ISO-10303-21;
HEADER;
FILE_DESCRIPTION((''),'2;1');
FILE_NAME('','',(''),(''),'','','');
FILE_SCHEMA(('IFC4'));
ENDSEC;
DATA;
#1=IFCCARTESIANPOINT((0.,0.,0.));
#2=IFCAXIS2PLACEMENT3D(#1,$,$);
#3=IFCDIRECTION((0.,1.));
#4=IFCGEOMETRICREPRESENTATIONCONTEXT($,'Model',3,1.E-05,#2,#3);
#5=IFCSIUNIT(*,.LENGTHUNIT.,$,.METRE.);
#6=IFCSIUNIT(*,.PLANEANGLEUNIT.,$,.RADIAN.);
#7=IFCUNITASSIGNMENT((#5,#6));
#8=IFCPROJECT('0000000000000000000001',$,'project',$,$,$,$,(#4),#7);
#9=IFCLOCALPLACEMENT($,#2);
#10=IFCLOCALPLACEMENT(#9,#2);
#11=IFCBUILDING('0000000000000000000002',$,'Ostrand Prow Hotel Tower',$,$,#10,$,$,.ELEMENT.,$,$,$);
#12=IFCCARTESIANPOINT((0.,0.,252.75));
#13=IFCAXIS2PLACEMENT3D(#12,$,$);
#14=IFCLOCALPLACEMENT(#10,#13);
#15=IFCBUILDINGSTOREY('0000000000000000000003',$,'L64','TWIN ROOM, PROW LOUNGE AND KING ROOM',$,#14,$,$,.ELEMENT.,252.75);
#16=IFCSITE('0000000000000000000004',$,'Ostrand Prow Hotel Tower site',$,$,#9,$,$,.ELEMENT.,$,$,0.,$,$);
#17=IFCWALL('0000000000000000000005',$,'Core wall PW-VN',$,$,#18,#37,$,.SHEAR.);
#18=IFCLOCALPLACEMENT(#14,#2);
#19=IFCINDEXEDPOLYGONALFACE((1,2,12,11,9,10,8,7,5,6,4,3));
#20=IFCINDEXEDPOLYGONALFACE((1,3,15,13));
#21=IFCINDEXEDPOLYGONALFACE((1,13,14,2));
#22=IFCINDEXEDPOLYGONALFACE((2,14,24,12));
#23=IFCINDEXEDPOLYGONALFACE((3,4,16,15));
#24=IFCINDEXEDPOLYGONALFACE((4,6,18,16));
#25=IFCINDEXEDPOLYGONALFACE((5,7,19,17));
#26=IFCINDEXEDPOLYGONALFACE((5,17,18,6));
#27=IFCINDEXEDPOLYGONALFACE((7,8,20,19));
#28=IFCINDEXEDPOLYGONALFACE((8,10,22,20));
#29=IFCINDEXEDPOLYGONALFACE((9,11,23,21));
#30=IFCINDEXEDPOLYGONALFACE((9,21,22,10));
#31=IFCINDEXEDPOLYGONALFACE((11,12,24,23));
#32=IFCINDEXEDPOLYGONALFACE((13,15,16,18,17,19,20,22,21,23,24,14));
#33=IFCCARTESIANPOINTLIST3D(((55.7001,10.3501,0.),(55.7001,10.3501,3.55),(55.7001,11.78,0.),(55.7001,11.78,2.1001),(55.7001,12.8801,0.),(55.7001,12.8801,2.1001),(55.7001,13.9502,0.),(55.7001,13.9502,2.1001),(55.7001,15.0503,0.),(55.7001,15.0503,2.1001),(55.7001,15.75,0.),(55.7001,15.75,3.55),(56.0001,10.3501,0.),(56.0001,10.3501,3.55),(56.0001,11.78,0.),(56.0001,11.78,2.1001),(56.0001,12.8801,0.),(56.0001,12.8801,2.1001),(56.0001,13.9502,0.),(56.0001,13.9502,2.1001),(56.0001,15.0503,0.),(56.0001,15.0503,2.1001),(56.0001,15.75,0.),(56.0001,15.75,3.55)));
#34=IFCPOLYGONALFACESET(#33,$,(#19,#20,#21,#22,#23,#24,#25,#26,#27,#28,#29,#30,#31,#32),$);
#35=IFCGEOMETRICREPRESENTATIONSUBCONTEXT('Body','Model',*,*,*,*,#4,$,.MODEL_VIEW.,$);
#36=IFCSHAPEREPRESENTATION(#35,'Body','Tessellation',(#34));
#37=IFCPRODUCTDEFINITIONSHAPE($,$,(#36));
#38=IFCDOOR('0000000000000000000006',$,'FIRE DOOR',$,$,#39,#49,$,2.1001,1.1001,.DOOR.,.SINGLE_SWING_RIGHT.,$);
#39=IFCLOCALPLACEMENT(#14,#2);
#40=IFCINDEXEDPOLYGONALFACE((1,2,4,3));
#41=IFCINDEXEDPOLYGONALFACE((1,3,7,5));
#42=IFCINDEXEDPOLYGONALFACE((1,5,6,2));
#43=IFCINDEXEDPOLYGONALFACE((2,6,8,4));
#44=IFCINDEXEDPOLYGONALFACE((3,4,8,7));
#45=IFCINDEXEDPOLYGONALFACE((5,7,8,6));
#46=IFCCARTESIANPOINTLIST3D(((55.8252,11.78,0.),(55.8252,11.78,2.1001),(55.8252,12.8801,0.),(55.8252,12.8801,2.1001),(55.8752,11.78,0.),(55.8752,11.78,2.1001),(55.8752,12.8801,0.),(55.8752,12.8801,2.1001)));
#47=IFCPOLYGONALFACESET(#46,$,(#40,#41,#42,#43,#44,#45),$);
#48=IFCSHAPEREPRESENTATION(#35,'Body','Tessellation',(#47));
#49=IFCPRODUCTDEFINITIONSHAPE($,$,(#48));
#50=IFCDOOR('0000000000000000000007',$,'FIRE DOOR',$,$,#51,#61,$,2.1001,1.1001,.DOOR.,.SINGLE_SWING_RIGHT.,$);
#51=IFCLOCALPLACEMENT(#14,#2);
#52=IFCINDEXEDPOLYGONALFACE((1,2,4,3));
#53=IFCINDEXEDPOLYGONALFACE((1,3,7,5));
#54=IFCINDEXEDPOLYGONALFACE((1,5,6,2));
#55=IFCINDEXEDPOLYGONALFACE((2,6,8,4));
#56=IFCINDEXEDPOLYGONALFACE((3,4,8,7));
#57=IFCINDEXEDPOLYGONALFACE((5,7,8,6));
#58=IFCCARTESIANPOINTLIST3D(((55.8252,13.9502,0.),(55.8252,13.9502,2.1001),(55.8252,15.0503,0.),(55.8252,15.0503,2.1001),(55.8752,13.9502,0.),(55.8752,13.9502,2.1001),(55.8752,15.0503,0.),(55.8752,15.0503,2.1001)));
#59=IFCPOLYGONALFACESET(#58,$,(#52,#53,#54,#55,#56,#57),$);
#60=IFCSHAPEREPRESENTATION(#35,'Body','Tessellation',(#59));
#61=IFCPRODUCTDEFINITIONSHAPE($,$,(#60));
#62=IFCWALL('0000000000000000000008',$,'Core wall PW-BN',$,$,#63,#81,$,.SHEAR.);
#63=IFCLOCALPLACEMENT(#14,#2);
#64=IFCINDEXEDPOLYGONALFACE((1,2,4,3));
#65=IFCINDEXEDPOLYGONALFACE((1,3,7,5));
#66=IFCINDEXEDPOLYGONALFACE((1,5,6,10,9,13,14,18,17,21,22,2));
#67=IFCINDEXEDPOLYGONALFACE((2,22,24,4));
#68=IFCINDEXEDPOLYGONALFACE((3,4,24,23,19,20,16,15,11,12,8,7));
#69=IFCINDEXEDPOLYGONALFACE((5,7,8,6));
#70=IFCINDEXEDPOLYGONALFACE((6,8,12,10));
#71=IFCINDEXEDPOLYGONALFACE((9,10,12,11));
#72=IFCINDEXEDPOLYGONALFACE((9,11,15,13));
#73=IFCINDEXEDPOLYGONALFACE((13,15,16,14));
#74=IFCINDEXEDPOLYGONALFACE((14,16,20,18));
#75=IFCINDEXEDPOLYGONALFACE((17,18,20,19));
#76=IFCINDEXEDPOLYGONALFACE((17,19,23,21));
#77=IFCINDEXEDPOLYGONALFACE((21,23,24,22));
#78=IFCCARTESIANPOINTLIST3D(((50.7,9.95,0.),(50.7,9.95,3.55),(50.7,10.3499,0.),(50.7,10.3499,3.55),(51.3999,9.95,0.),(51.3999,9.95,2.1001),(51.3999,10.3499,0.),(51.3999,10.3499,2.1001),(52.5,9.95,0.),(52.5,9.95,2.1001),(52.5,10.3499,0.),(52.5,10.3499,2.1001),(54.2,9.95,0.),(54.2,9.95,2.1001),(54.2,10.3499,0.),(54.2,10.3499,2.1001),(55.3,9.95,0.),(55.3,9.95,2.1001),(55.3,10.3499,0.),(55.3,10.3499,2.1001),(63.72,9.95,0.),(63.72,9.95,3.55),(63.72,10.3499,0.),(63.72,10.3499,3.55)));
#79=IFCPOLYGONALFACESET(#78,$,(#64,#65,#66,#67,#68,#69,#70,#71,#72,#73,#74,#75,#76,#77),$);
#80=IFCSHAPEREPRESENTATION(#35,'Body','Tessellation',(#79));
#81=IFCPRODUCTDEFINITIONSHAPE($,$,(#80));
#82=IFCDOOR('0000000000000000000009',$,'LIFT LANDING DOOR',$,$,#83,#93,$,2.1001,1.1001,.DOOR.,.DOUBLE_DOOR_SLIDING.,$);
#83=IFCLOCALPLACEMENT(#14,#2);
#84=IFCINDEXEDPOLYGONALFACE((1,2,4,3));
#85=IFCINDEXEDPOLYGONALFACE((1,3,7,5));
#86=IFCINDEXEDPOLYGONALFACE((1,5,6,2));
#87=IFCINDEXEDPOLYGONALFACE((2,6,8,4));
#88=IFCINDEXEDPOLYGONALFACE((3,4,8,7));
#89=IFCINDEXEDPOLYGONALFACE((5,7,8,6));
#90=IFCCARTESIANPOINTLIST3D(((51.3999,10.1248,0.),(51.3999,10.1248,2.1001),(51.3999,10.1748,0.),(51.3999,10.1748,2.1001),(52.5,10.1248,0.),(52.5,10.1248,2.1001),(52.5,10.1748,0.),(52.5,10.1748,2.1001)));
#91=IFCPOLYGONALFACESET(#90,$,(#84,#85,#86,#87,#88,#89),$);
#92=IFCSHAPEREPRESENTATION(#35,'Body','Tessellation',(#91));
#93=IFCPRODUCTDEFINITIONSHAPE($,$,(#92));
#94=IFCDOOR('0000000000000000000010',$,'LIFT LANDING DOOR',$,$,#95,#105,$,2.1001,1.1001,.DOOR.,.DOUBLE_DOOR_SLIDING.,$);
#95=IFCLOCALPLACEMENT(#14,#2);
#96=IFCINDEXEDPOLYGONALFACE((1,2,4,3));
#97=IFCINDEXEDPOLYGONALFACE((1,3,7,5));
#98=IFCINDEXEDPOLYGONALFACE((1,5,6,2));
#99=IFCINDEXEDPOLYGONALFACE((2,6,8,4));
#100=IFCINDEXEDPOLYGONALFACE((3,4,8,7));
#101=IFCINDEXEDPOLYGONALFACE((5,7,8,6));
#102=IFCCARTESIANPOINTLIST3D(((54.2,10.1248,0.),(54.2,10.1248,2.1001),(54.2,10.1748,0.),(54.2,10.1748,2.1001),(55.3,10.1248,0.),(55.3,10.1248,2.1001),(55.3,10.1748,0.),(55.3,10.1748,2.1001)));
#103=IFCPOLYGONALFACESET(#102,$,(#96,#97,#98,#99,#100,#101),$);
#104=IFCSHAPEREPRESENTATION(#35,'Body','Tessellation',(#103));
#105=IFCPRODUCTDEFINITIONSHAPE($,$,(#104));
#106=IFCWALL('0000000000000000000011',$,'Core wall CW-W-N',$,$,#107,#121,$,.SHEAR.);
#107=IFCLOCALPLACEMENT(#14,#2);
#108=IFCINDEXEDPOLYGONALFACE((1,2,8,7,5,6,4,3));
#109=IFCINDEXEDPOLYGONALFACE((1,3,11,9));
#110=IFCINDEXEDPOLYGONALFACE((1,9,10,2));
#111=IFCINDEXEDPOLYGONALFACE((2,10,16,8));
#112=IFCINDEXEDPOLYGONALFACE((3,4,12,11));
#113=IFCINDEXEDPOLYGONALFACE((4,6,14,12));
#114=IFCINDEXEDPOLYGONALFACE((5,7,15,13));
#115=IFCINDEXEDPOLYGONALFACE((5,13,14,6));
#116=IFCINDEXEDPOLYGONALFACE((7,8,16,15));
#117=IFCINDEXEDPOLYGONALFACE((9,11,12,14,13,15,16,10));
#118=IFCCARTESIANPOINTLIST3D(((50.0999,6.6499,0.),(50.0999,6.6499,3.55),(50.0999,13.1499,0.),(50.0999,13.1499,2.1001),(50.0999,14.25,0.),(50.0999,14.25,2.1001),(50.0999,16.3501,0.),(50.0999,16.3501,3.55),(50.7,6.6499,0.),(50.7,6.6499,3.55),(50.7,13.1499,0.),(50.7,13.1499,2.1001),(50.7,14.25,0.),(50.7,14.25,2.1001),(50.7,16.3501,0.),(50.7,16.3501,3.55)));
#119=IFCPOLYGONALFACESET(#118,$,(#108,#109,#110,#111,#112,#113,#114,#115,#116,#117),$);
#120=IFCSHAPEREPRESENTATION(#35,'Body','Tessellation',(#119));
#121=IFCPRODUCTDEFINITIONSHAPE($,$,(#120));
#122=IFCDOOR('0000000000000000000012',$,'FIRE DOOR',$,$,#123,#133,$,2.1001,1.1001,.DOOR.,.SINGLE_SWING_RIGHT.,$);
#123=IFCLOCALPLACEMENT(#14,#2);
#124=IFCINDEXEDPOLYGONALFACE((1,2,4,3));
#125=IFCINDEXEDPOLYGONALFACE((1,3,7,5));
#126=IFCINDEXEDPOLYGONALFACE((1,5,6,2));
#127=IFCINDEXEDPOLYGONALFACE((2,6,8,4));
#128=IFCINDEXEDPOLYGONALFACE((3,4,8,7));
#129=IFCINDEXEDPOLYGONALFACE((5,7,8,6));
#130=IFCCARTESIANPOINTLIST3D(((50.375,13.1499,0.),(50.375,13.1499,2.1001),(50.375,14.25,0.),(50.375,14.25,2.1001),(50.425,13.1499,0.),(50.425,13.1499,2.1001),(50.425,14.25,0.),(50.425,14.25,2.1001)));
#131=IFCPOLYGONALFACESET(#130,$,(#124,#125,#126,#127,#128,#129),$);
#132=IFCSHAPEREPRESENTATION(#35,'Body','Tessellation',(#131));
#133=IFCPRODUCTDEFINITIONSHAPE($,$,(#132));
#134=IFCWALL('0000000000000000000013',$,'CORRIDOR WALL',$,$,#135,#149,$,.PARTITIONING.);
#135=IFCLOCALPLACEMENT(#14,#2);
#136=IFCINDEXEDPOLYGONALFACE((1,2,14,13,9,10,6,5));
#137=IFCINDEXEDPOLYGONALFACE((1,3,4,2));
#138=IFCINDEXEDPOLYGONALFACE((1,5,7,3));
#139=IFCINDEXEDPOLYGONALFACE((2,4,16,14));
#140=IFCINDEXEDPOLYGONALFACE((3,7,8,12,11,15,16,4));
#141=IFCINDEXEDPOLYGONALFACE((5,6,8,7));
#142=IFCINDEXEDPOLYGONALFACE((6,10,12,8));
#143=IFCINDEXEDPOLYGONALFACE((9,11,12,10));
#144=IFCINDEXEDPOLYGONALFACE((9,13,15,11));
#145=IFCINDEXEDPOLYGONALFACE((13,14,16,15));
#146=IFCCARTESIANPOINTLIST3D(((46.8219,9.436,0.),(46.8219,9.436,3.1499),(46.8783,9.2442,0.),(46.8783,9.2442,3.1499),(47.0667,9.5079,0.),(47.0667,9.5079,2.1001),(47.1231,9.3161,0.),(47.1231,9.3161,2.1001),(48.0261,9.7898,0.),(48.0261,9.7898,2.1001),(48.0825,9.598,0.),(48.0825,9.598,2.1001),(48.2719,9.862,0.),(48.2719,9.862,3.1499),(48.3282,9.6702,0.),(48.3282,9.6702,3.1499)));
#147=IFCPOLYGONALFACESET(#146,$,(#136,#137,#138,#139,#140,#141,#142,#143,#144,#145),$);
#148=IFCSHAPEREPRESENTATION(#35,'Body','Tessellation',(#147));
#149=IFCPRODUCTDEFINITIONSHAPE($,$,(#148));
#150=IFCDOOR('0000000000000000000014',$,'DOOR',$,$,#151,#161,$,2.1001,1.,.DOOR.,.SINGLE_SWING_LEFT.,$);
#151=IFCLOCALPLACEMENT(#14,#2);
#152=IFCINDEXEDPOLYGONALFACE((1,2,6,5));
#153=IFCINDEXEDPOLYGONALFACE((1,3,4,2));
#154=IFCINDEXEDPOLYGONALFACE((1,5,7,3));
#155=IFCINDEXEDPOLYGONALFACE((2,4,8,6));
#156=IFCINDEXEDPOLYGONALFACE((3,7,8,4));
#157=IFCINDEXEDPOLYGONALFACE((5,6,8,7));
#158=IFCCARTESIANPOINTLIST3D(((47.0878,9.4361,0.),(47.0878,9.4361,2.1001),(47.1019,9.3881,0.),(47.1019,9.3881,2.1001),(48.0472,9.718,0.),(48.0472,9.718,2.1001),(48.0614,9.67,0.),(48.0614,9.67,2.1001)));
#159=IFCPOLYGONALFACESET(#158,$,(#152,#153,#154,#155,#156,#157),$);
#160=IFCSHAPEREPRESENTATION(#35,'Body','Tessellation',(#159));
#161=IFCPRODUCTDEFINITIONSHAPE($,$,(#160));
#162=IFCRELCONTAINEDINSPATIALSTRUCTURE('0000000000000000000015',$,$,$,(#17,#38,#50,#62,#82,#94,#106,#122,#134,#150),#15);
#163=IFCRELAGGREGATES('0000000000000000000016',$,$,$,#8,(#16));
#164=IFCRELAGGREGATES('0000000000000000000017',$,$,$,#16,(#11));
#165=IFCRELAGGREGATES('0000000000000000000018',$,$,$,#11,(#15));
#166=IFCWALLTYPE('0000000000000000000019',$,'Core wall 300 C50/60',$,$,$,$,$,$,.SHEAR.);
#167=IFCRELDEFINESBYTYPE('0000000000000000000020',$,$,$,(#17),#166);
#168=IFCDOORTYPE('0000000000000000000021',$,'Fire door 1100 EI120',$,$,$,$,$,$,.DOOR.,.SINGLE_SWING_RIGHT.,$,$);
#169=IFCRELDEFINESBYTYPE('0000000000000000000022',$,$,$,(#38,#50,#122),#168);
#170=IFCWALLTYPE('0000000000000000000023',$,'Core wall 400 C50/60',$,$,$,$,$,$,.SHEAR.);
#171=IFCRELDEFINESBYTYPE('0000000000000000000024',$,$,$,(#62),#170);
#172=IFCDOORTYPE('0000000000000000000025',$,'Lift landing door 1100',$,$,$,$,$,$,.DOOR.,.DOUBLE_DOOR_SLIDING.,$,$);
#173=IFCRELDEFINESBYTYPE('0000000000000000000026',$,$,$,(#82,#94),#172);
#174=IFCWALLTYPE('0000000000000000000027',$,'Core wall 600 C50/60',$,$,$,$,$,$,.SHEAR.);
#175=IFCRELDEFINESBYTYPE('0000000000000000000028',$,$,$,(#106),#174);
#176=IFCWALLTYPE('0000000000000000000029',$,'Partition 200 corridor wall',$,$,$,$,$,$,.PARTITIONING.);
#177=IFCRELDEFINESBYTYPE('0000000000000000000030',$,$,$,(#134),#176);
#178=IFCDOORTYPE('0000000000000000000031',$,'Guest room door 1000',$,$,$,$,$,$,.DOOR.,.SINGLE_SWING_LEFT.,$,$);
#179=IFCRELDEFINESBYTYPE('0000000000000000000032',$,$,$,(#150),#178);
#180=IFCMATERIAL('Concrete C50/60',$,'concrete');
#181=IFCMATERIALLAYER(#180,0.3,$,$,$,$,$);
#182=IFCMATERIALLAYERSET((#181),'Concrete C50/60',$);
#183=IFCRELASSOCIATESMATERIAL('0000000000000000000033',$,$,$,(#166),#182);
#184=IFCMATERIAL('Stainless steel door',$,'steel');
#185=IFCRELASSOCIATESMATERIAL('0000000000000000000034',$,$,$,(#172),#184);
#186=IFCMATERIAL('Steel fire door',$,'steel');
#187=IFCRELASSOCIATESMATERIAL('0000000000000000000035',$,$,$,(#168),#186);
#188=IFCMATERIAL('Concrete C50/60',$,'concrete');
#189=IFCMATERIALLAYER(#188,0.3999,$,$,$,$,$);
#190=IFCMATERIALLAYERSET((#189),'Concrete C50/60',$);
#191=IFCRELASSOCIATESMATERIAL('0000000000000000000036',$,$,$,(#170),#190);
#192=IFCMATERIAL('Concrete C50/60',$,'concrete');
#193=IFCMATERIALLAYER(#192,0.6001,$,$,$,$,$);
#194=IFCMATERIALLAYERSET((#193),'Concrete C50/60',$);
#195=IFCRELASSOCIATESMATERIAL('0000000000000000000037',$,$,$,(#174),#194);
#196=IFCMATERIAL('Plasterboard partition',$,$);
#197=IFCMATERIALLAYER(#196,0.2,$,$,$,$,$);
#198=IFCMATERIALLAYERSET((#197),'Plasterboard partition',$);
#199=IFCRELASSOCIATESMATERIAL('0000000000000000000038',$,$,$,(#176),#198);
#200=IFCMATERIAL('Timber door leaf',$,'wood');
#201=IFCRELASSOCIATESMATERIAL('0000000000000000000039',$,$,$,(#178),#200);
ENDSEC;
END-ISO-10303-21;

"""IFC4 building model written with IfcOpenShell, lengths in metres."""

from ifc_helpers import new_model, si_unit, direction, frame, frame_2d, origin, place, context, subcontext, project, spatial, rectangle, extrude, material, layer, layer_set, type_object, element, fill, save


model = new_model("IFC4")

# Units and contexts
model_context = context("Model", 3, precision=1e-05, world=origin(), true_north=direction((0.0, 1.0)))
body_context = subcontext(model_context, "Body", "Model", "MODEL_VIEW")
ifc_project = project(units=[si_unit("LENGTHUNIT", "METRE"), si_unit("PLANEANGLEUNIT", "RADIAN")], contexts=[model_context])

# Site, building, storey
site_placement = place(None, origin())
site = spatial("IfcSite", under=ifc_project, at=site_placement, Name="Ostrand Prow Hotel Tower site", CompositionType="ELEMENT", RefElevation=0.0)
building_placement = place(site_placement, origin())
building = spatial("IfcBuilding", under=site, at=building_placement, Name="Ostrand Prow Hotel Tower", CompositionType="ELEMENT")
storey_placement = place(building_placement, frame((0.0, 0.0, 252.75)))
storey = spatial("IfcBuildingStorey", under=building, at=storey_placement, Name="L64", Description="TWIN ROOM, PROW LOUNGE AND KING ROOM", CompositionType="ELEMENT", Elevation=252.75)

# Shared definitions
ifc_material_1 = material(Name="Concrete C50/60", Category="concrete")
ifc_layer_1 = layer(ifc_material_1, 0.3)
ifc_layer_set_1 = layer_set([ifc_layer_1], Name="Concrete C50/60")
wall_type_1 = type_object("IfcWallType", Name="Core wall 300 C50/60", PredefinedType="SHEAR", material=ifc_layer_set_1)

# Shared definitions
ifc_material_2 = material(Name="Stainless steel door", Category="steel")
door_type_1 = type_object("IfcDoorType", Name="Lift landing door 1100", OperationType="DOUBLE_DOOR_SLIDING", PredefinedType="DOOR", material=ifc_material_2)

# Walls, openings, doors
wall_1_placement = place(storey_placement, frame((55.8501, 10.3501, 0.0), z_axis=(0.0, 0.0, 1.0), x_axis=(0.0, 1.0, 0.0)))
wall_1 = element("IfcWall", 1, at=wall_1_placement, inside=storey, type_object=wall_type_1, Name="Core wall PW-VN", PredefinedType="SHEAR", context=body_context, shape_type="SweptSolid", body=[
    extrude(rectangle(XDim=5.3999, YDim=0.3, at=frame_2d((2.7, 0.0))), origin(), (0.0, 0.0, 1.0), 3.55),
])
opening_1_placement = place(wall_1_placement, frame((1.4299, 0.0, 0.0)))
opening_1 = element("IfcOpeningElement", 2, at=opening_1_placement, cuts=wall_1, PredefinedType="OPENING", context=body_context, shape_type="SweptSolid", body=[
    extrude(rectangle(XDim=1.1001, YDim=2.1001, at=frame_2d((0.55, 1.05))), frame((0.0, 0.1599, 0.0), z_axis=(0.0, -1.0, 0.0), x_axis=(1.0, 0.0, 0.0)), (0.0, 0.0, 1.0), 0.3201),
])
opening_2_placement = place(wall_1_placement, frame((3.6001, 0.0, 0.0)))
opening_2 = element("IfcOpeningElement", 3, at=opening_2_placement, cuts=wall_1, PredefinedType="OPENING", context=body_context, shape_type="SweptSolid", body=[
    extrude(rectangle(XDim=1.1001, YDim=2.1001, at=frame_2d((0.55, 1.05))), frame((0.0, 0.1599, 0.0), z_axis=(0.0, -1.0, 0.0), x_axis=(1.0, 0.0, 0.0)), (0.0, 0.0, 1.0), 0.3201),
])
ifc_material_3 = material(Name="Steel fire door", Category="steel")
door_type_2 = type_object("IfcDoorType", Name="Fire door 1100 EI120", OperationType="SINGLE_SWING_RIGHT", PredefinedType="DOOR", material=ifc_material_3)
door_1_placement = place(opening_1_placement, origin())
door_1 = element("IfcDoor", 4, at=door_1_placement, inside=storey, type_object=door_type_2, Name="FIRE DOOR", OperationType="SINGLE_SWING_RIGHT", OverallHeight=2.1001, OverallWidth=1.1001, PredefinedType="DOOR", context=body_context, shape_type="SweptSolid", body=[
    extrude(rectangle(XDim=1.1001, YDim=2.1001, at=frame_2d((0.55, 1.05))), frame((0.0, 0.0249, 0.0), z_axis=(0.0, -1.0, 0.0), x_axis=(1.0, 0.0, 0.0)), (0.0, 0.0, 1.0), 0.05),
])
fill(opening_1, door_1)
door_2_placement = place(opening_2_placement, origin())
door_2 = element("IfcDoor", 5, at=door_2_placement, inside=storey, type_object=door_type_2, Name="FIRE DOOR", OperationType="SINGLE_SWING_RIGHT", OverallHeight=2.1001, OverallWidth=1.1001, PredefinedType="DOOR", context=body_context, shape_type="SweptSolid", body=[
    extrude(rectangle(XDim=1.1001, YDim=2.1001, at=frame_2d((0.55, 1.05))), frame((0.0, 0.0249, 0.0), z_axis=(0.0, -1.0, 0.0), x_axis=(1.0, 0.0, 0.0)), (0.0, 0.0, 1.0), 0.05),
])
fill(opening_2, door_2)
ifc_material_4 = material(Name="Concrete C50/60", Category="concrete")
ifc_layer_2 = layer(ifc_material_4, 0.3999)
ifc_layer_set_2 = layer_set([ifc_layer_2], Name="Concrete C50/60")
wall_type_2 = type_object("IfcWallType", Name="Core wall 400 C50/60", PredefinedType="SHEAR", material=ifc_layer_set_2)
wall_2_placement = place(storey_placement, frame((50.7, 10.1499, 0.0), z_axis=(0.0, 0.0, 1.0), x_axis=(1.0, 0.0, 0.0)))
wall_2 = element("IfcWall", 6, at=wall_2_placement, inside=storey, type_object=wall_type_2, Name="Core wall PW-BN", PredefinedType="SHEAR", context=body_context, shape_type="SweptSolid", body=[
    extrude(rectangle(XDim=13.02, YDim=0.3999, at=frame_2d((6.51, 0.0))), origin(), (0.0, 0.0, 1.0), 3.55),
])
opening_3_placement = place(wall_2_placement, frame((0.7, 0.0, 0.0)))
opening_3 = element("IfcOpeningElement", 7, at=opening_3_placement, cuts=wall_2, PredefinedType="OPENING", context=body_context, shape_type="SweptSolid", body=[
    extrude(rectangle(XDim=1.1001, YDim=2.1001, at=frame_2d((0.55, 1.05))), frame((0.0, 0.21, 0.0), z_axis=(0.0, -1.0, 0.0), x_axis=(1.0, 0.0, 0.0)), (0.0, 0.0, 1.0), 0.4199),
])
opening_4_placement = place(wall_2_placement, frame((3.5, 0.0, 0.0)))
opening_4 = element("IfcOpeningElement", 8, at=opening_4_placement, cuts=wall_2, PredefinedType="OPENING", context=body_context, shape_type="SweptSolid", body=[
    extrude(rectangle(XDim=1.1001, YDim=2.1001, at=frame_2d((0.55, 1.05))), frame((0.0, 0.21, 0.0), z_axis=(0.0, -1.0, 0.0), x_axis=(1.0, 0.0, 0.0)), (0.0, 0.0, 1.0), 0.4199),
])
door_3_placement = place(opening_3_placement, origin())
door_3 = element("IfcDoor", 9, at=door_3_placement, inside=storey, type_object=door_type_1, Name="LIFT LANDING DOOR", OperationType="DOUBLE_DOOR_SLIDING", OverallHeight=2.1001, OverallWidth=1.1001, PredefinedType="DOOR", context=body_context, shape_type="SweptSolid", body=[
    extrude(rectangle(XDim=1.1001, YDim=2.1001, at=frame_2d((0.55, 1.05))), frame((0.0, 0.0249, 0.0), z_axis=(0.0, -1.0, 0.0), x_axis=(1.0, 0.0, 0.0)), (0.0, 0.0, 1.0), 0.05),
])
fill(opening_3, door_3)
door_4_placement = place(opening_4_placement, origin())
door_4 = element("IfcDoor", 10, at=door_4_placement, inside=storey, type_object=door_type_1, Name="LIFT LANDING DOOR", OperationType="DOUBLE_DOOR_SLIDING", OverallHeight=2.1001, OverallWidth=1.1001, PredefinedType="DOOR", context=body_context, shape_type="SweptSolid", body=[
    extrude(rectangle(XDim=1.1001, YDim=2.1001, at=frame_2d((0.55, 1.05))), frame((0.0, 0.0249, 0.0), z_axis=(0.0, -1.0, 0.0), x_axis=(1.0, 0.0, 0.0)), (0.0, 0.0, 1.0), 0.05),
])
fill(opening_4, door_4)

# Walls, openings, doors
ifc_material_5 = material(Name="Concrete C50/60", Category="concrete")
ifc_layer_3 = layer(ifc_material_5, 0.6001)
ifc_layer_set_3 = layer_set([ifc_layer_3], Name="Concrete C50/60")
wall_type_3 = type_object("IfcWallType", Name="Core wall 600 C50/60", PredefinedType="SHEAR", material=ifc_layer_set_3)
wall_3_placement = place(storey_placement, frame((50.3999, 6.6499, 0.0), z_axis=(0.0, 0.0, 1.0), x_axis=(0.0, 1.0, 0.0)))
wall_3 = element("IfcWall", 11, at=wall_3_placement, inside=storey, type_object=wall_type_3, Name="Core wall CW-W-N", PredefinedType="SHEAR", context=body_context, shape_type="SweptSolid", body=[
    extrude(rectangle(XDim=9.7002, YDim=0.6001, at=frame_2d((4.8501, 0.0))), origin(), (0.0, 0.0, 1.0), 3.55),
])
opening_5_placement = place(wall_3_placement, frame((6.5, 0.0, 0.0)))
opening_5 = element("IfcOpeningElement", 12, at=opening_5_placement, cuts=wall_3, PredefinedType="OPENING", context=body_context, shape_type="SweptSolid", body=[
    extrude(rectangle(XDim=1.1001, YDim=2.1001, at=frame_2d((0.55, 1.05))), frame((0.0, 0.3101, 0.0), z_axis=(0.0, -1.0, 0.0), x_axis=(1.0, 0.0, 0.0)), (0.0, 0.0, 1.0), 0.6201),
])
door_5_placement = place(opening_5_placement, origin())
door_5 = element("IfcDoor", 13, at=door_5_placement, inside=storey, type_object=door_type_2, Name="FIRE DOOR", OperationType="SINGLE_SWING_RIGHT", OverallHeight=2.1001, OverallWidth=1.1001, PredefinedType="DOOR", context=body_context, shape_type="SweptSolid", body=[
    extrude(rectangle(XDim=1.1001, YDim=2.1001, at=frame_2d((0.55, 1.05))), frame((0.0, 0.0249, 0.0), z_axis=(0.0, -1.0, 0.0), x_axis=(1.0, 0.0, 0.0)), (0.0, 0.0, 1.0), 0.05),
])
fill(opening_5, door_5)
ifc_material_6 = material(Name="Plasterboard partition")
ifc_layer_4 = layer(ifc_material_6, 0.2)
ifc_layer_set_4 = layer_set([ifc_layer_4], Name="Plasterboard partition")
wall_type_4 = type_object("IfcWallType", Name="Partition 200 corridor wall", PredefinedType="PARTITIONING", material=ifc_layer_set_4)
wall_4_placement = place(storey_placement, frame((48.3, 9.7661, 0.0), z_axis=(0.0, 0.0, 1.0), x_axis=(-0.959443, -0.281904, 0.0)))
wall_4 = element("IfcWall", 14, at=wall_4_placement, inside=storey, type_object=wall_type_4, Name="CORRIDOR WALL", PredefinedType="PARTITIONING", context=body_context, shape_type="SweptSolid", body=[
    extrude(rectangle(XDim=1.5112, YDim=0.2, at=frame_2d((0.7556, 0.0))), origin(), (0.0, 0.0, 1.0), 3.1499),
])
opening_6_placement = place(wall_4_placement, frame((0.2561, 0.0, 0.0)))
opening_6 = element("IfcOpeningElement", 15, at=opening_6_placement, cuts=wall_4, PredefinedType="OPENING", context=body_context, shape_type="SweptSolid", body=[
    extrude(rectangle(XDim=1.0, YDim=2.1001, at=frame_2d((0.5, 1.05))), frame((0.0, 0.1099, 0.0), z_axis=(0.0, -1.0, 0.0), x_axis=(1.0, 0.0, 0.0)), (0.0, 0.0, 1.0), 0.22),
])
ifc_material_7 = material(Name="Timber door leaf", Category="wood")
door_type_3 = type_object("IfcDoorType", Name="Guest room door 1000", OperationType="SINGLE_SWING_LEFT", PredefinedType="DOOR", material=ifc_material_7)
door_6_placement = place(opening_6_placement, origin())
door_6 = element("IfcDoor", 16, at=door_6_placement, inside=storey, type_object=door_type_3, Name="DOOR", OperationType="SINGLE_SWING_LEFT", OverallHeight=2.1001, OverallWidth=1.0, PredefinedType="DOOR", context=body_context, shape_type="SweptSolid", body=[
    extrude(rectangle(XDim=1.0, YDim=2.1001, at=frame_2d((0.5, 1.05))), frame((0.0, 0.0249, 0.0), z_axis=(0.0, -1.0, 0.0), x_axis=(1.0, 0.0, 0.0)), (0.0, 0.0, 1.0), 0.05),
])
fill(opening_6, door_6)

save(model, "model.ifc")
